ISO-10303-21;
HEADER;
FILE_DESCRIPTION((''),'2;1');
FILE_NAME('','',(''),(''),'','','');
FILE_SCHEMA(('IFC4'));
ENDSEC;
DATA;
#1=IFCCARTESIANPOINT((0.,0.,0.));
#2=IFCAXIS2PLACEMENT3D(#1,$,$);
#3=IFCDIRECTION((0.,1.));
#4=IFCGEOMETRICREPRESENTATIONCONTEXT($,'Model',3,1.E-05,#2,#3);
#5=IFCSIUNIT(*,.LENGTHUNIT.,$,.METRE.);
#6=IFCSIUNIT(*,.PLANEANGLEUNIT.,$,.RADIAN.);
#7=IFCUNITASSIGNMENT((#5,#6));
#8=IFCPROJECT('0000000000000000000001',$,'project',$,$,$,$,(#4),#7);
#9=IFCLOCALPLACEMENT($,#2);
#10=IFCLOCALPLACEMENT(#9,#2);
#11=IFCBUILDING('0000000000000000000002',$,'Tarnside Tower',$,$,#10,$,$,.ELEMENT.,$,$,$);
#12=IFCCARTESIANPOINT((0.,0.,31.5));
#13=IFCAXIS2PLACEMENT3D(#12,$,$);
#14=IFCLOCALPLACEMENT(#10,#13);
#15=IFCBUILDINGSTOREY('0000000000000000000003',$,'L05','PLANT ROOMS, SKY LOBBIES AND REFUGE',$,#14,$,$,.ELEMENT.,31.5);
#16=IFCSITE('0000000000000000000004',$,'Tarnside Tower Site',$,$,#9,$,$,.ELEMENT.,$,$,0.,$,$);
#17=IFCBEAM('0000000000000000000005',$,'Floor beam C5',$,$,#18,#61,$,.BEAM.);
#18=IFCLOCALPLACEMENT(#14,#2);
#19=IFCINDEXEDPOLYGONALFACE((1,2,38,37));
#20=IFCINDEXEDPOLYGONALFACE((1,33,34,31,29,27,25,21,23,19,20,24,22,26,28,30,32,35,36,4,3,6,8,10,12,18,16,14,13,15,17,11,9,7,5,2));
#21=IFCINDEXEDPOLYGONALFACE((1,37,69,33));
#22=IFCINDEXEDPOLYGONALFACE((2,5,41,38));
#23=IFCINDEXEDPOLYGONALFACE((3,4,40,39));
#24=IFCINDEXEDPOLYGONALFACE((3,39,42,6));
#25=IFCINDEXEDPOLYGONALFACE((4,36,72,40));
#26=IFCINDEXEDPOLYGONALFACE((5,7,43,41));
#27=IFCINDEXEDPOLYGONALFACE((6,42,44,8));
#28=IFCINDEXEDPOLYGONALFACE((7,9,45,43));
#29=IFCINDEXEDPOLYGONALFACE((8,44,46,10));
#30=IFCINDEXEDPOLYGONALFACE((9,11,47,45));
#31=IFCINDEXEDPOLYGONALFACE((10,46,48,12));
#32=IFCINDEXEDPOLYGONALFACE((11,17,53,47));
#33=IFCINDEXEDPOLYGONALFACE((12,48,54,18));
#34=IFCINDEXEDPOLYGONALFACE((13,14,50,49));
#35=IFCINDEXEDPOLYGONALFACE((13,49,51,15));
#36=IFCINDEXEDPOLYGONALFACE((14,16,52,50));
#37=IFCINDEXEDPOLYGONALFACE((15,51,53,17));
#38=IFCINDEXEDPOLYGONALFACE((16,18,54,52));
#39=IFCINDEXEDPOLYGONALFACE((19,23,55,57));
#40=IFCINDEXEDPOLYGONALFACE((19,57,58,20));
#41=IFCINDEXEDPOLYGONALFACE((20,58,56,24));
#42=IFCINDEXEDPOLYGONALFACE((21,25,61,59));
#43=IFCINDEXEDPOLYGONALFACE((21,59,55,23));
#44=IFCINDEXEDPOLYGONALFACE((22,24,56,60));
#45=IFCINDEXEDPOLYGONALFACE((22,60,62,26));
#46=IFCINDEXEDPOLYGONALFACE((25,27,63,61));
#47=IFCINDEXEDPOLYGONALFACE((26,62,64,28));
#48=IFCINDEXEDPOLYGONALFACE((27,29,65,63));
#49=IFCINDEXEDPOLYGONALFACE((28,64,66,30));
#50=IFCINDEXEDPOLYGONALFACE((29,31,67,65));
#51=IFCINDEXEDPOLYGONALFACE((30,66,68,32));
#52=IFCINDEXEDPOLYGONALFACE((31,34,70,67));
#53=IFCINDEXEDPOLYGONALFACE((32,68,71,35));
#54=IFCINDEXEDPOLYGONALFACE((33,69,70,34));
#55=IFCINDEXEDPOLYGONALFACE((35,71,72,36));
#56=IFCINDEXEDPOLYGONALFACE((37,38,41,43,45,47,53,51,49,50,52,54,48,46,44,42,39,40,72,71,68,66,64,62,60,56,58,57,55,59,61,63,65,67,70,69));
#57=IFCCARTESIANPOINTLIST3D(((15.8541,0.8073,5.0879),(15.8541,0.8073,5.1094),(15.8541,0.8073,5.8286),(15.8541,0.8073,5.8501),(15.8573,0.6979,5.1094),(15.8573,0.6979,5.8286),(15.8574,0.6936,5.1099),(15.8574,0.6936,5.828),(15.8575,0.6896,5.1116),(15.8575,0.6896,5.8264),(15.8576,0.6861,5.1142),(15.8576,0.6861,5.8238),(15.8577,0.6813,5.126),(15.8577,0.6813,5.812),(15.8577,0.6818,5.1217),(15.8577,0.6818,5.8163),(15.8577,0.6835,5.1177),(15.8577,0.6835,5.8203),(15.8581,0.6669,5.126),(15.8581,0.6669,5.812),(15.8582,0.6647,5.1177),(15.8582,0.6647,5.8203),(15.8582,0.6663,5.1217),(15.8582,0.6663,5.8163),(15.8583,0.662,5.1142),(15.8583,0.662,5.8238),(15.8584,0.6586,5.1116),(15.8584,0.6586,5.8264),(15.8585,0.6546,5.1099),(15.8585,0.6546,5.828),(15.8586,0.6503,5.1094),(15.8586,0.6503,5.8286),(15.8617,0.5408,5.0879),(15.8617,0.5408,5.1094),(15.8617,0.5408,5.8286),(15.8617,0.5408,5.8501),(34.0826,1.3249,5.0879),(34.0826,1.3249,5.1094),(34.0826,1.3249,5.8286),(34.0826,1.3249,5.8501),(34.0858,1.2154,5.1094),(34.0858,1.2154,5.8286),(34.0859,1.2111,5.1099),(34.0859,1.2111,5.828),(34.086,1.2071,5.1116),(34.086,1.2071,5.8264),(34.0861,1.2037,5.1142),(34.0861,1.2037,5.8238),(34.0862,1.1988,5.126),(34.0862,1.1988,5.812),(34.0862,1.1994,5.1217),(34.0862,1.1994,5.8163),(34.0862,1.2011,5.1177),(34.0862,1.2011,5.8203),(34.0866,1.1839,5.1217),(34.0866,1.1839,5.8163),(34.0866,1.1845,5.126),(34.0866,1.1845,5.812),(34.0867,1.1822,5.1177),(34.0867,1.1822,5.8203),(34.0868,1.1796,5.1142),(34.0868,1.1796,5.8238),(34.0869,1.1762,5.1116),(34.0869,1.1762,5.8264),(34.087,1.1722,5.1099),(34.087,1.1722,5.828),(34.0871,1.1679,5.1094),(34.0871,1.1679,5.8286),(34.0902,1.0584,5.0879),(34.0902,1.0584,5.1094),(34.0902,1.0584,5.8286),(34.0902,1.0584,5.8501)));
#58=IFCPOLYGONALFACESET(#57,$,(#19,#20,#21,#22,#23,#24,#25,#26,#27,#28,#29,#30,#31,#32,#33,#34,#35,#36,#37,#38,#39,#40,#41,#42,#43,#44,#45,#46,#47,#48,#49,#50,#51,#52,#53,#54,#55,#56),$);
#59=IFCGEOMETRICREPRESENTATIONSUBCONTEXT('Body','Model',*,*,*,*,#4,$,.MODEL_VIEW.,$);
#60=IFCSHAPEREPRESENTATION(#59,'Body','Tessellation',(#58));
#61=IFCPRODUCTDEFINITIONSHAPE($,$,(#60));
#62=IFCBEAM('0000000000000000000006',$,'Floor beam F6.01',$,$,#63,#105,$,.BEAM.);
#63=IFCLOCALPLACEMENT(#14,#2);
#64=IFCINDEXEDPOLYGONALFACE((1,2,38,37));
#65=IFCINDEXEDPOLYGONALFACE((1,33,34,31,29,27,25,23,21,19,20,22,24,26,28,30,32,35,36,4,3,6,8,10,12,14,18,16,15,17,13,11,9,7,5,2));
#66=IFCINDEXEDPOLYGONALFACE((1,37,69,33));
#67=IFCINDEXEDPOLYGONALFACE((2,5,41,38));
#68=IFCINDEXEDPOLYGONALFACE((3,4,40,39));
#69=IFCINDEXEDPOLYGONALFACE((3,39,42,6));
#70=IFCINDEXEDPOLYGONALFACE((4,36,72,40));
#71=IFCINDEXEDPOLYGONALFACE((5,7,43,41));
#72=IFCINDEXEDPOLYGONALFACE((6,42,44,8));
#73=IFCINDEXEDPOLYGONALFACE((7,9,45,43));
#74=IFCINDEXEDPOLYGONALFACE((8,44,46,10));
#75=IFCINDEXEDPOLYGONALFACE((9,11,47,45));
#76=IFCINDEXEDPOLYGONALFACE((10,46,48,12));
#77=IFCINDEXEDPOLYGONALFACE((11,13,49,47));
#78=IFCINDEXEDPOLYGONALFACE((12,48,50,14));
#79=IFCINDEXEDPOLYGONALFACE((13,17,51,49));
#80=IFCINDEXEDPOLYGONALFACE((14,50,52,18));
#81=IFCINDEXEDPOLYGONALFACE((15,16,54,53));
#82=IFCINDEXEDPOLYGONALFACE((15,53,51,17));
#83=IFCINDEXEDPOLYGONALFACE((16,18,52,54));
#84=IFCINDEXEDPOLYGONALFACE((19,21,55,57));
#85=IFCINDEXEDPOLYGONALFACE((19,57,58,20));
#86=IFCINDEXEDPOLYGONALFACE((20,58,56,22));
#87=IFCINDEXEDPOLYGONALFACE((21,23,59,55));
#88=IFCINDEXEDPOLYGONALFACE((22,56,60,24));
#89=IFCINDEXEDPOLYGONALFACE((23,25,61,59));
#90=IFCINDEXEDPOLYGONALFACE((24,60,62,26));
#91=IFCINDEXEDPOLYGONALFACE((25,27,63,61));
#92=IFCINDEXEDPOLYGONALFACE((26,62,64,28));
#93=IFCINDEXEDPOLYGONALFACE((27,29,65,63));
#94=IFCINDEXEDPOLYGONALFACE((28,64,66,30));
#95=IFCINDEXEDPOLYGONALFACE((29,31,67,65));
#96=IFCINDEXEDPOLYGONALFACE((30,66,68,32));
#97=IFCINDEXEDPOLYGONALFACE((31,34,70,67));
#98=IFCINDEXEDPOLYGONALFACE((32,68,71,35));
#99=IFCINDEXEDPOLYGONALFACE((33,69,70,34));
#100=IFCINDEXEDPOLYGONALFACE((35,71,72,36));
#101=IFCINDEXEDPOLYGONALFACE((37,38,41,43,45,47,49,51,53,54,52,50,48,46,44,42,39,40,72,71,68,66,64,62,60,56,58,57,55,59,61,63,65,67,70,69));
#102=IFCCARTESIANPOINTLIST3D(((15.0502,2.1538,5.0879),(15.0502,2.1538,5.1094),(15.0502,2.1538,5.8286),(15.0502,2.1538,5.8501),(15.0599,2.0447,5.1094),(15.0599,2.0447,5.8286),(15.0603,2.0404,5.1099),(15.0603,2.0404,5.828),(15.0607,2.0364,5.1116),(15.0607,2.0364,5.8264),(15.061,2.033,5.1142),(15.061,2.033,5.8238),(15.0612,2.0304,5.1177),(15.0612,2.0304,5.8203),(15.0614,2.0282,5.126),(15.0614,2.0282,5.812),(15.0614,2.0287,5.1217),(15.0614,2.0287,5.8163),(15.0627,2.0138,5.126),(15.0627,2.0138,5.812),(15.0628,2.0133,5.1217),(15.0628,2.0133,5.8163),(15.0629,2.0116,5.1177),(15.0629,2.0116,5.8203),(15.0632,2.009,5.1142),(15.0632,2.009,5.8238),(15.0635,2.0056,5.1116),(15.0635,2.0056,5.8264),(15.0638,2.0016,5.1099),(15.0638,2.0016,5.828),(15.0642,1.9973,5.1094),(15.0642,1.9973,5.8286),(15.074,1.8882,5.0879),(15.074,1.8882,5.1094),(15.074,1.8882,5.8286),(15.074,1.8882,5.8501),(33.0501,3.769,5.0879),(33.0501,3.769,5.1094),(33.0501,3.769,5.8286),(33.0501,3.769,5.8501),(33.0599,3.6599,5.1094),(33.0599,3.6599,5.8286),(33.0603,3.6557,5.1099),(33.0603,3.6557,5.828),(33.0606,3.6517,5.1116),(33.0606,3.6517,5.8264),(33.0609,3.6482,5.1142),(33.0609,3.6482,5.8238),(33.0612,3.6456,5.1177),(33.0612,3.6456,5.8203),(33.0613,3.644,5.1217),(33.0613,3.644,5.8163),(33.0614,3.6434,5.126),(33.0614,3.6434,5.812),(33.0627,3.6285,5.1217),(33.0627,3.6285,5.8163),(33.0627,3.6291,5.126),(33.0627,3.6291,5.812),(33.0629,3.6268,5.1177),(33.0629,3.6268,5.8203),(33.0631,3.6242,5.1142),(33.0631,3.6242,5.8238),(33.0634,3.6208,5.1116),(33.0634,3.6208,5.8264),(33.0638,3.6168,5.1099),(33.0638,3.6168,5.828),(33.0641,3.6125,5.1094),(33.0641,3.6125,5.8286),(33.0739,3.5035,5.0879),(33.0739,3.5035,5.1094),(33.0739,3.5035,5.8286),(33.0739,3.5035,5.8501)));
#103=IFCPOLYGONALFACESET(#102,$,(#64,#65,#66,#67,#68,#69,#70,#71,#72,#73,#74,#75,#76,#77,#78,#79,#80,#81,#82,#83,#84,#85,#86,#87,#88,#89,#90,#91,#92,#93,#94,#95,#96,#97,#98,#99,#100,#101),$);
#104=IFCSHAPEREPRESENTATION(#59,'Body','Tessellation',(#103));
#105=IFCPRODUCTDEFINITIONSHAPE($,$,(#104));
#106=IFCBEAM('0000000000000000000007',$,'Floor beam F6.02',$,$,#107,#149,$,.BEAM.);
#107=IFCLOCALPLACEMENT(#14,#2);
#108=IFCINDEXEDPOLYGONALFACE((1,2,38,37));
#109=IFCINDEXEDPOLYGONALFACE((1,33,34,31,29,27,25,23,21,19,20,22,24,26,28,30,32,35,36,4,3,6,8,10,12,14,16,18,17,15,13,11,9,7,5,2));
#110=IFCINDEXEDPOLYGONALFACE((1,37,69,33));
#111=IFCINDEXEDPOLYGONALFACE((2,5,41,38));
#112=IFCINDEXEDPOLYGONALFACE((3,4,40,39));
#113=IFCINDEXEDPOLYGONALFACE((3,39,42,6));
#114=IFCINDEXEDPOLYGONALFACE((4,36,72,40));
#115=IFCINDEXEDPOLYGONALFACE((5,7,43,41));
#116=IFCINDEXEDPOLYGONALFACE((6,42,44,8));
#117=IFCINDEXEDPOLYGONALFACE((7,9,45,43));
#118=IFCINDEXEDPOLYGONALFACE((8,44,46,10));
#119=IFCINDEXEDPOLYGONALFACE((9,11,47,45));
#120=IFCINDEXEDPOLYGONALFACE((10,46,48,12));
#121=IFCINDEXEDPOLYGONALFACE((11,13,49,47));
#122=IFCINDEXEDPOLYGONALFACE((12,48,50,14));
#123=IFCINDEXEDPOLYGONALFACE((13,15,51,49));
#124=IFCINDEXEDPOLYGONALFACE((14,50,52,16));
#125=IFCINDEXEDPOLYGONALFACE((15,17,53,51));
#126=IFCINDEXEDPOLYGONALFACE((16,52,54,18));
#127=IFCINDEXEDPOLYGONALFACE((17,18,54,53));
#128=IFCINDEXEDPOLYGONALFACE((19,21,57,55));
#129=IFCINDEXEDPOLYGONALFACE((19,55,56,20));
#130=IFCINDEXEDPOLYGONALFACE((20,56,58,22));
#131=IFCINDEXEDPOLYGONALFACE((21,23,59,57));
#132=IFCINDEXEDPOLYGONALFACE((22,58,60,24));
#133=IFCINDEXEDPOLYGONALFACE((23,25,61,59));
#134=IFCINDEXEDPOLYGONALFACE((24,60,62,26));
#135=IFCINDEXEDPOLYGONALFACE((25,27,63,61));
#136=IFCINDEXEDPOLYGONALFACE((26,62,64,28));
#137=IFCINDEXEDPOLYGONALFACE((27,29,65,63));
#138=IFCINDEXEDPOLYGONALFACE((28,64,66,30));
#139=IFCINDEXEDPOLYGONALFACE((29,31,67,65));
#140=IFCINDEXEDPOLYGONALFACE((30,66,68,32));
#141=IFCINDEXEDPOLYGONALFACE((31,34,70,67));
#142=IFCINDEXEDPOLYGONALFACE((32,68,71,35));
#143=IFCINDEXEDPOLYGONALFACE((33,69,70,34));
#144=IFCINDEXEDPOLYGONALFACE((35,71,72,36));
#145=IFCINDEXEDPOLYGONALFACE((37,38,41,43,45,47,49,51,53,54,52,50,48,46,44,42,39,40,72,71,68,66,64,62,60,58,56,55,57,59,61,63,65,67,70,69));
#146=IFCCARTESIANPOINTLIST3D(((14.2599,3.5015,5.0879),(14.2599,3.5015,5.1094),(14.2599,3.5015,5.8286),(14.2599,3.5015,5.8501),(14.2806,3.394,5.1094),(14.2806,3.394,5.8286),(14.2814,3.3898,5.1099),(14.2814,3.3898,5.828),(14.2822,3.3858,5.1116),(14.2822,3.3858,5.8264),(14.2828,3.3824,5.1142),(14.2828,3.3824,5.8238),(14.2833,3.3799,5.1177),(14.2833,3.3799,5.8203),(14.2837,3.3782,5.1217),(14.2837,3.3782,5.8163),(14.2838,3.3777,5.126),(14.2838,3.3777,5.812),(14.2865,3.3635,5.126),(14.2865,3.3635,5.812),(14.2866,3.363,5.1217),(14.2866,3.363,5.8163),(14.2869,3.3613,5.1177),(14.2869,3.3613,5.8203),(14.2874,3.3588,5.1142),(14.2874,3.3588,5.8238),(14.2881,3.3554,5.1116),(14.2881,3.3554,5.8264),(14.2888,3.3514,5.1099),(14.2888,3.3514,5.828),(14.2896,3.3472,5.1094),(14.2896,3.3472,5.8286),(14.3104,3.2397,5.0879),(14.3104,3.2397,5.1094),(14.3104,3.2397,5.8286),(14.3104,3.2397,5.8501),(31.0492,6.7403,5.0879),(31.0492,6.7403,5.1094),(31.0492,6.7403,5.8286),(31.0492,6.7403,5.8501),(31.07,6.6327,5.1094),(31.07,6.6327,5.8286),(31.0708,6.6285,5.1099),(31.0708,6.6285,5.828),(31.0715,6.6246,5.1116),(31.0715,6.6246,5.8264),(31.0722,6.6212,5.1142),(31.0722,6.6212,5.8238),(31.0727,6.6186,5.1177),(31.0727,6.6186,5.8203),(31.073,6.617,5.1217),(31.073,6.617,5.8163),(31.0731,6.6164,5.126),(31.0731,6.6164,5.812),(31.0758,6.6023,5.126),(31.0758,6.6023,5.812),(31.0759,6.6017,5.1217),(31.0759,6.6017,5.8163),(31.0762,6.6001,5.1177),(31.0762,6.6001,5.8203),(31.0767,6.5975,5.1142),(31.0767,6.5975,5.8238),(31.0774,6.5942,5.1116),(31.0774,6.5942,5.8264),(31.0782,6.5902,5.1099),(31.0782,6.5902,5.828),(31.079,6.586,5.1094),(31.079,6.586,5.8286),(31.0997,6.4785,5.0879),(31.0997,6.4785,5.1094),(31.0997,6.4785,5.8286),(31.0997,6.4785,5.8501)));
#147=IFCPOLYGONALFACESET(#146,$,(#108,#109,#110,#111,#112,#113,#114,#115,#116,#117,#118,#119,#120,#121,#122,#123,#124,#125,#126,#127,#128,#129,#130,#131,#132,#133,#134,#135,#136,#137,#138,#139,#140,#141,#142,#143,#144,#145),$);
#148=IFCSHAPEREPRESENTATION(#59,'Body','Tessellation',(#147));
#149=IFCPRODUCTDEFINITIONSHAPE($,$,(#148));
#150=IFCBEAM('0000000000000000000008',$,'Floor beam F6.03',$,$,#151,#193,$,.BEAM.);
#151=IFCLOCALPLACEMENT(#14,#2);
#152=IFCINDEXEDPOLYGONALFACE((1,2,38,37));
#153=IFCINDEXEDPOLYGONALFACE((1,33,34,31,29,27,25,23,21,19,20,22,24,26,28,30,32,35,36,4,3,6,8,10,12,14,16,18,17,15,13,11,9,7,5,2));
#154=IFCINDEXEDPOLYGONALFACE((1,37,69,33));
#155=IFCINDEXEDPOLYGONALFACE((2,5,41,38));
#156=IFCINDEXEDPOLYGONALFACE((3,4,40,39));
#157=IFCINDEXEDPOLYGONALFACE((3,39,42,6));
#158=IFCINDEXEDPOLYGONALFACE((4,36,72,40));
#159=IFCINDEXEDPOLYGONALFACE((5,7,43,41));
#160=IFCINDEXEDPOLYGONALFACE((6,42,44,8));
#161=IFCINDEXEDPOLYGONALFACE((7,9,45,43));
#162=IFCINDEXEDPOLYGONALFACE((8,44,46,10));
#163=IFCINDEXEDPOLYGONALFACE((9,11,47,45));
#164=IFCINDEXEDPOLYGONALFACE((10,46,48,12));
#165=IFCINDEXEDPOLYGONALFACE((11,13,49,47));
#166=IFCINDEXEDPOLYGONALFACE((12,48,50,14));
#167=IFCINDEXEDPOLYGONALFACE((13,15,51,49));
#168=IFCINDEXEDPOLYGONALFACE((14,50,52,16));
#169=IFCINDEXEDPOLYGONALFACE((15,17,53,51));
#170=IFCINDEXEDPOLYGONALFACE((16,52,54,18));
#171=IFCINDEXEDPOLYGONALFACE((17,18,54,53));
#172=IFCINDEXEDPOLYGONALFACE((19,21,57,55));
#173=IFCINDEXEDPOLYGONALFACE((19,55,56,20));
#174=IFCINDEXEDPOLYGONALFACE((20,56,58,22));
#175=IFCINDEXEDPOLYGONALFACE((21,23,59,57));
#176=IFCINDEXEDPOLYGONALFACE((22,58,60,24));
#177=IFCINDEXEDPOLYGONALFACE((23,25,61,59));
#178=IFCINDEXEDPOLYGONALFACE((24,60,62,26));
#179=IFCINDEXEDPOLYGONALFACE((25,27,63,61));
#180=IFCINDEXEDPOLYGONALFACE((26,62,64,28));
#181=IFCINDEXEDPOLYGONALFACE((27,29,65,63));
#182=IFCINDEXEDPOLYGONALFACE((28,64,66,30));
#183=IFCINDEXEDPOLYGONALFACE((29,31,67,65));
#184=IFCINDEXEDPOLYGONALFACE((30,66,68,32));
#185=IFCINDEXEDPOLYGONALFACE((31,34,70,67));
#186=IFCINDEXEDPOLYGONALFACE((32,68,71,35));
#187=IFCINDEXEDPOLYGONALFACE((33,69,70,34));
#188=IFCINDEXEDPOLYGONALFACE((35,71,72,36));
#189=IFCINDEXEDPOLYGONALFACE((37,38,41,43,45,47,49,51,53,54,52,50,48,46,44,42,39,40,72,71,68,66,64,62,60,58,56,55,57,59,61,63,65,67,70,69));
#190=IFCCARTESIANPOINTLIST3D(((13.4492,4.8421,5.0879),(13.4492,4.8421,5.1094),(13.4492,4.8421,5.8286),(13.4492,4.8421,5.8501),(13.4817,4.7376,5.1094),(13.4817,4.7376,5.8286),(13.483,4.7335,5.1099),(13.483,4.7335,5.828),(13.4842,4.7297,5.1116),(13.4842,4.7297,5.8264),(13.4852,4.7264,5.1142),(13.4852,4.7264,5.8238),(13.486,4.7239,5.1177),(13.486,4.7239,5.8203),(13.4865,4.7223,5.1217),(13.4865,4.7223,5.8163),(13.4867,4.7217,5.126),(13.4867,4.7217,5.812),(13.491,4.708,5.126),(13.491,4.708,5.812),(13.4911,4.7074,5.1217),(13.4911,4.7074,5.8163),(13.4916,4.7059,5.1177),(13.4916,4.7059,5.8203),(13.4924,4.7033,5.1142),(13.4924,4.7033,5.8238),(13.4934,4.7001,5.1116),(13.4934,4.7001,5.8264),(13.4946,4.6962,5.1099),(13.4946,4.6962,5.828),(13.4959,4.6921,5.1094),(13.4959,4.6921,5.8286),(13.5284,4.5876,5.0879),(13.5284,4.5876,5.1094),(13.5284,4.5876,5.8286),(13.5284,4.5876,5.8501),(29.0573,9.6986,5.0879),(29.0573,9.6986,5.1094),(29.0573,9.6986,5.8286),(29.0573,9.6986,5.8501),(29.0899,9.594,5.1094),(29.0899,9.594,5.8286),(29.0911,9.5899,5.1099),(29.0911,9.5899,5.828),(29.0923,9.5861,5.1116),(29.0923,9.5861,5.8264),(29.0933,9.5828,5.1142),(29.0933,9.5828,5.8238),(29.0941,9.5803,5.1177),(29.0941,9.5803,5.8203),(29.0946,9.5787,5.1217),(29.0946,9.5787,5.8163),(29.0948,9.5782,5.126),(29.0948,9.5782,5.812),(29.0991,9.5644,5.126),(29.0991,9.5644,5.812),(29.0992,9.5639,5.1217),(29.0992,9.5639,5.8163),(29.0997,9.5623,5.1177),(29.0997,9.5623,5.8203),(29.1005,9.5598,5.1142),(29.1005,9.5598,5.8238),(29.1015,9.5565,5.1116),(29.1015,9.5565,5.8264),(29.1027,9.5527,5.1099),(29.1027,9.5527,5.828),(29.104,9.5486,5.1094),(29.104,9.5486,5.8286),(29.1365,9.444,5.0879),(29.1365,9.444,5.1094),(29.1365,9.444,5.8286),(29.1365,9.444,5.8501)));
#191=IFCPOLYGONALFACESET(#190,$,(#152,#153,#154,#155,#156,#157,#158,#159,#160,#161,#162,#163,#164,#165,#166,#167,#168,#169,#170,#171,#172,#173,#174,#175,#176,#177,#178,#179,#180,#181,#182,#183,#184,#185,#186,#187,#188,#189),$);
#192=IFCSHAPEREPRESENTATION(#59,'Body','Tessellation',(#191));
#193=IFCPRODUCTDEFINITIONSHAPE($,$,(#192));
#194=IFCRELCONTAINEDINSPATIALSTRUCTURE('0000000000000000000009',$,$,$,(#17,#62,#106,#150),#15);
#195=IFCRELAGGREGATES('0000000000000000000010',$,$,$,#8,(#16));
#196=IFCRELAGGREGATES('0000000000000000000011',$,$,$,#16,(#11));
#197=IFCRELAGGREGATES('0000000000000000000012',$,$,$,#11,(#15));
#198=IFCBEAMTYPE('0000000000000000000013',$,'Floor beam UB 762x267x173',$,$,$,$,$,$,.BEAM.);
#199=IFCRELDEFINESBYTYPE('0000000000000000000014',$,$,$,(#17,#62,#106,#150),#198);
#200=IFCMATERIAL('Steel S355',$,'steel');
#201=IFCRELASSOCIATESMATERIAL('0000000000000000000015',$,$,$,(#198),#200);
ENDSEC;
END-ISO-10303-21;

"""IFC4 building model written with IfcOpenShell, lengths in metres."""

from ifc_helpers import new_model, si_unit, direction, frame, origin, origin_2d, place, context, subcontext, project, spatial, i_section, extrude, material, material_profile, profile_set, type_object, element, save


model = new_model("IFC4")

# Units and contexts
model_context = context("Model", 3, precision=1e-05, world=origin(), true_north=direction((0.0, 1.0)))
body_context = subcontext(model_context, "Body", "Model", "MODEL_VIEW")
ifc_project = project(units=[si_unit("LENGTHUNIT", "METRE"), si_unit("PLANEANGLEUNIT", "RADIAN")], contexts=[model_context])

# Site, building, storey
site_placement = place(None, origin())
site = spatial("IfcSite", under=ifc_project, at=site_placement, Name="Tarnside Tower Site", CompositionType="ELEMENT", RefElevation=0.0)
building_placement = place(site_placement, origin())
building = spatial("IfcBuilding", under=site, at=building_placement, Name="Tarnside Tower", CompositionType="ELEMENT")
storey_placement = place(building_placement, frame((0.0, 0.0, 31.5)))
storey = spatial("IfcBuildingStorey", under=building, at=storey_placement, Name="L05", Description="PLANT ROOMS, SKY LOBBIES AND REFUGE", CompositionType="ELEMENT", Elevation=31.5)

# Beams
ifc_material_1 = material(Name="Steel S355", Category="steel")
ifc_material_profile_1 = material_profile(ifc_material_1, i_section(OverallWidth=0.2666, OverallDepth=0.7622, WebThickness=0.0144, FlangeThickness=0.0215, FilletRadius=0.0166, at=origin_2d()), Name="UB 762x267x173")
ifc_profile_set_1 = profile_set([ifc_material_profile_1], Name="Steel S355")
beam_type = type_object("IfcBeamType", Name="Floor beam UB 762x267x173", PredefinedType="BEAM", material=ifc_profile_set_1)
beam_1_placement = place(storey_placement, frame((34.0864, 1.1917, 5.469), z_axis=(-0.999597, -0.028382, 0.0), x_axis=(0.028382, -0.999597, 0.0)))
element("IfcBeam", 1, at=beam_1_placement, inside=storey, type_object=beam_type, Name="Floor beam C5", PredefinedType="BEAM", context=body_context, shape_type="SweptSolid", body=[
    extrude(i_section(OverallWidth=0.2666, OverallDepth=0.7622, WebThickness=0.0144, FlangeThickness=0.0215, FilletRadius=0.0166, at=origin_2d()), origin(), (0.0, 0.0, 1.0), 18.2358),
])
beam_2_placement = place(storey_placement, frame((33.062, 3.6362, 5.469), z_axis=(-0.995998, -0.089376, 0.0), x_axis=(0.089376, -0.995998, 0.0)))
element("IfcBeam", 2, at=beam_2_placement, inside=storey, type_object=beam_type, Name="Floor beam F6.01", PredefinedType="BEAM", context=body_context, shape_type="SweptSolid", body=[
    extrude(i_section(OverallWidth=0.2666, OverallDepth=0.7622, WebThickness=0.0144, FlangeThickness=0.0215, FilletRadius=0.0166, at=origin_2d()), origin(), (0.0, 0.0, 1.0), 18.0723),
])
beam_3_placement = place(storey_placement, frame((31.0745, 6.6094, 5.469), z_axis=(-0.981897, -0.189415, 0.0), x_axis=(0.189415, -0.981897, 0.0)))
element("IfcBeam", 3, at=beam_3_placement, inside=storey, type_object=beam_type, Name="Floor beam F6.02", PredefinedType="BEAM", context=body_context, shape_type="SweptSolid", body=[
    extrude(i_section(OverallWidth=0.2666, OverallDepth=0.7622, WebThickness=0.0144, FlangeThickness=0.0215, FilletRadius=0.0166, at=origin_2d()), origin(), (0.0, 0.0, 1.0), 17.0989),
])
beam_4_placement = place(storey_placement, frame((29.0969, 9.5713, 5.469), z_axis=(-0.954847, -0.297099, 0.0), x_axis=(0.297099, -0.954847, 0.0)))
element("IfcBeam", 4, at=beam_4_placement, inside=storey, type_object=beam_type, Name="Floor beam F6.03", PredefinedType="BEAM", context=body_context, shape_type="SweptSolid", body=[
    extrude(i_section(OverallWidth=0.2666, OverallDepth=0.7622, WebThickness=0.0144, FlangeThickness=0.0215, FilletRadius=0.0166, at=origin_2d()), origin(), (0.0, 0.0, 1.0), 16.3462),
])

save(model, "model.ifc")
